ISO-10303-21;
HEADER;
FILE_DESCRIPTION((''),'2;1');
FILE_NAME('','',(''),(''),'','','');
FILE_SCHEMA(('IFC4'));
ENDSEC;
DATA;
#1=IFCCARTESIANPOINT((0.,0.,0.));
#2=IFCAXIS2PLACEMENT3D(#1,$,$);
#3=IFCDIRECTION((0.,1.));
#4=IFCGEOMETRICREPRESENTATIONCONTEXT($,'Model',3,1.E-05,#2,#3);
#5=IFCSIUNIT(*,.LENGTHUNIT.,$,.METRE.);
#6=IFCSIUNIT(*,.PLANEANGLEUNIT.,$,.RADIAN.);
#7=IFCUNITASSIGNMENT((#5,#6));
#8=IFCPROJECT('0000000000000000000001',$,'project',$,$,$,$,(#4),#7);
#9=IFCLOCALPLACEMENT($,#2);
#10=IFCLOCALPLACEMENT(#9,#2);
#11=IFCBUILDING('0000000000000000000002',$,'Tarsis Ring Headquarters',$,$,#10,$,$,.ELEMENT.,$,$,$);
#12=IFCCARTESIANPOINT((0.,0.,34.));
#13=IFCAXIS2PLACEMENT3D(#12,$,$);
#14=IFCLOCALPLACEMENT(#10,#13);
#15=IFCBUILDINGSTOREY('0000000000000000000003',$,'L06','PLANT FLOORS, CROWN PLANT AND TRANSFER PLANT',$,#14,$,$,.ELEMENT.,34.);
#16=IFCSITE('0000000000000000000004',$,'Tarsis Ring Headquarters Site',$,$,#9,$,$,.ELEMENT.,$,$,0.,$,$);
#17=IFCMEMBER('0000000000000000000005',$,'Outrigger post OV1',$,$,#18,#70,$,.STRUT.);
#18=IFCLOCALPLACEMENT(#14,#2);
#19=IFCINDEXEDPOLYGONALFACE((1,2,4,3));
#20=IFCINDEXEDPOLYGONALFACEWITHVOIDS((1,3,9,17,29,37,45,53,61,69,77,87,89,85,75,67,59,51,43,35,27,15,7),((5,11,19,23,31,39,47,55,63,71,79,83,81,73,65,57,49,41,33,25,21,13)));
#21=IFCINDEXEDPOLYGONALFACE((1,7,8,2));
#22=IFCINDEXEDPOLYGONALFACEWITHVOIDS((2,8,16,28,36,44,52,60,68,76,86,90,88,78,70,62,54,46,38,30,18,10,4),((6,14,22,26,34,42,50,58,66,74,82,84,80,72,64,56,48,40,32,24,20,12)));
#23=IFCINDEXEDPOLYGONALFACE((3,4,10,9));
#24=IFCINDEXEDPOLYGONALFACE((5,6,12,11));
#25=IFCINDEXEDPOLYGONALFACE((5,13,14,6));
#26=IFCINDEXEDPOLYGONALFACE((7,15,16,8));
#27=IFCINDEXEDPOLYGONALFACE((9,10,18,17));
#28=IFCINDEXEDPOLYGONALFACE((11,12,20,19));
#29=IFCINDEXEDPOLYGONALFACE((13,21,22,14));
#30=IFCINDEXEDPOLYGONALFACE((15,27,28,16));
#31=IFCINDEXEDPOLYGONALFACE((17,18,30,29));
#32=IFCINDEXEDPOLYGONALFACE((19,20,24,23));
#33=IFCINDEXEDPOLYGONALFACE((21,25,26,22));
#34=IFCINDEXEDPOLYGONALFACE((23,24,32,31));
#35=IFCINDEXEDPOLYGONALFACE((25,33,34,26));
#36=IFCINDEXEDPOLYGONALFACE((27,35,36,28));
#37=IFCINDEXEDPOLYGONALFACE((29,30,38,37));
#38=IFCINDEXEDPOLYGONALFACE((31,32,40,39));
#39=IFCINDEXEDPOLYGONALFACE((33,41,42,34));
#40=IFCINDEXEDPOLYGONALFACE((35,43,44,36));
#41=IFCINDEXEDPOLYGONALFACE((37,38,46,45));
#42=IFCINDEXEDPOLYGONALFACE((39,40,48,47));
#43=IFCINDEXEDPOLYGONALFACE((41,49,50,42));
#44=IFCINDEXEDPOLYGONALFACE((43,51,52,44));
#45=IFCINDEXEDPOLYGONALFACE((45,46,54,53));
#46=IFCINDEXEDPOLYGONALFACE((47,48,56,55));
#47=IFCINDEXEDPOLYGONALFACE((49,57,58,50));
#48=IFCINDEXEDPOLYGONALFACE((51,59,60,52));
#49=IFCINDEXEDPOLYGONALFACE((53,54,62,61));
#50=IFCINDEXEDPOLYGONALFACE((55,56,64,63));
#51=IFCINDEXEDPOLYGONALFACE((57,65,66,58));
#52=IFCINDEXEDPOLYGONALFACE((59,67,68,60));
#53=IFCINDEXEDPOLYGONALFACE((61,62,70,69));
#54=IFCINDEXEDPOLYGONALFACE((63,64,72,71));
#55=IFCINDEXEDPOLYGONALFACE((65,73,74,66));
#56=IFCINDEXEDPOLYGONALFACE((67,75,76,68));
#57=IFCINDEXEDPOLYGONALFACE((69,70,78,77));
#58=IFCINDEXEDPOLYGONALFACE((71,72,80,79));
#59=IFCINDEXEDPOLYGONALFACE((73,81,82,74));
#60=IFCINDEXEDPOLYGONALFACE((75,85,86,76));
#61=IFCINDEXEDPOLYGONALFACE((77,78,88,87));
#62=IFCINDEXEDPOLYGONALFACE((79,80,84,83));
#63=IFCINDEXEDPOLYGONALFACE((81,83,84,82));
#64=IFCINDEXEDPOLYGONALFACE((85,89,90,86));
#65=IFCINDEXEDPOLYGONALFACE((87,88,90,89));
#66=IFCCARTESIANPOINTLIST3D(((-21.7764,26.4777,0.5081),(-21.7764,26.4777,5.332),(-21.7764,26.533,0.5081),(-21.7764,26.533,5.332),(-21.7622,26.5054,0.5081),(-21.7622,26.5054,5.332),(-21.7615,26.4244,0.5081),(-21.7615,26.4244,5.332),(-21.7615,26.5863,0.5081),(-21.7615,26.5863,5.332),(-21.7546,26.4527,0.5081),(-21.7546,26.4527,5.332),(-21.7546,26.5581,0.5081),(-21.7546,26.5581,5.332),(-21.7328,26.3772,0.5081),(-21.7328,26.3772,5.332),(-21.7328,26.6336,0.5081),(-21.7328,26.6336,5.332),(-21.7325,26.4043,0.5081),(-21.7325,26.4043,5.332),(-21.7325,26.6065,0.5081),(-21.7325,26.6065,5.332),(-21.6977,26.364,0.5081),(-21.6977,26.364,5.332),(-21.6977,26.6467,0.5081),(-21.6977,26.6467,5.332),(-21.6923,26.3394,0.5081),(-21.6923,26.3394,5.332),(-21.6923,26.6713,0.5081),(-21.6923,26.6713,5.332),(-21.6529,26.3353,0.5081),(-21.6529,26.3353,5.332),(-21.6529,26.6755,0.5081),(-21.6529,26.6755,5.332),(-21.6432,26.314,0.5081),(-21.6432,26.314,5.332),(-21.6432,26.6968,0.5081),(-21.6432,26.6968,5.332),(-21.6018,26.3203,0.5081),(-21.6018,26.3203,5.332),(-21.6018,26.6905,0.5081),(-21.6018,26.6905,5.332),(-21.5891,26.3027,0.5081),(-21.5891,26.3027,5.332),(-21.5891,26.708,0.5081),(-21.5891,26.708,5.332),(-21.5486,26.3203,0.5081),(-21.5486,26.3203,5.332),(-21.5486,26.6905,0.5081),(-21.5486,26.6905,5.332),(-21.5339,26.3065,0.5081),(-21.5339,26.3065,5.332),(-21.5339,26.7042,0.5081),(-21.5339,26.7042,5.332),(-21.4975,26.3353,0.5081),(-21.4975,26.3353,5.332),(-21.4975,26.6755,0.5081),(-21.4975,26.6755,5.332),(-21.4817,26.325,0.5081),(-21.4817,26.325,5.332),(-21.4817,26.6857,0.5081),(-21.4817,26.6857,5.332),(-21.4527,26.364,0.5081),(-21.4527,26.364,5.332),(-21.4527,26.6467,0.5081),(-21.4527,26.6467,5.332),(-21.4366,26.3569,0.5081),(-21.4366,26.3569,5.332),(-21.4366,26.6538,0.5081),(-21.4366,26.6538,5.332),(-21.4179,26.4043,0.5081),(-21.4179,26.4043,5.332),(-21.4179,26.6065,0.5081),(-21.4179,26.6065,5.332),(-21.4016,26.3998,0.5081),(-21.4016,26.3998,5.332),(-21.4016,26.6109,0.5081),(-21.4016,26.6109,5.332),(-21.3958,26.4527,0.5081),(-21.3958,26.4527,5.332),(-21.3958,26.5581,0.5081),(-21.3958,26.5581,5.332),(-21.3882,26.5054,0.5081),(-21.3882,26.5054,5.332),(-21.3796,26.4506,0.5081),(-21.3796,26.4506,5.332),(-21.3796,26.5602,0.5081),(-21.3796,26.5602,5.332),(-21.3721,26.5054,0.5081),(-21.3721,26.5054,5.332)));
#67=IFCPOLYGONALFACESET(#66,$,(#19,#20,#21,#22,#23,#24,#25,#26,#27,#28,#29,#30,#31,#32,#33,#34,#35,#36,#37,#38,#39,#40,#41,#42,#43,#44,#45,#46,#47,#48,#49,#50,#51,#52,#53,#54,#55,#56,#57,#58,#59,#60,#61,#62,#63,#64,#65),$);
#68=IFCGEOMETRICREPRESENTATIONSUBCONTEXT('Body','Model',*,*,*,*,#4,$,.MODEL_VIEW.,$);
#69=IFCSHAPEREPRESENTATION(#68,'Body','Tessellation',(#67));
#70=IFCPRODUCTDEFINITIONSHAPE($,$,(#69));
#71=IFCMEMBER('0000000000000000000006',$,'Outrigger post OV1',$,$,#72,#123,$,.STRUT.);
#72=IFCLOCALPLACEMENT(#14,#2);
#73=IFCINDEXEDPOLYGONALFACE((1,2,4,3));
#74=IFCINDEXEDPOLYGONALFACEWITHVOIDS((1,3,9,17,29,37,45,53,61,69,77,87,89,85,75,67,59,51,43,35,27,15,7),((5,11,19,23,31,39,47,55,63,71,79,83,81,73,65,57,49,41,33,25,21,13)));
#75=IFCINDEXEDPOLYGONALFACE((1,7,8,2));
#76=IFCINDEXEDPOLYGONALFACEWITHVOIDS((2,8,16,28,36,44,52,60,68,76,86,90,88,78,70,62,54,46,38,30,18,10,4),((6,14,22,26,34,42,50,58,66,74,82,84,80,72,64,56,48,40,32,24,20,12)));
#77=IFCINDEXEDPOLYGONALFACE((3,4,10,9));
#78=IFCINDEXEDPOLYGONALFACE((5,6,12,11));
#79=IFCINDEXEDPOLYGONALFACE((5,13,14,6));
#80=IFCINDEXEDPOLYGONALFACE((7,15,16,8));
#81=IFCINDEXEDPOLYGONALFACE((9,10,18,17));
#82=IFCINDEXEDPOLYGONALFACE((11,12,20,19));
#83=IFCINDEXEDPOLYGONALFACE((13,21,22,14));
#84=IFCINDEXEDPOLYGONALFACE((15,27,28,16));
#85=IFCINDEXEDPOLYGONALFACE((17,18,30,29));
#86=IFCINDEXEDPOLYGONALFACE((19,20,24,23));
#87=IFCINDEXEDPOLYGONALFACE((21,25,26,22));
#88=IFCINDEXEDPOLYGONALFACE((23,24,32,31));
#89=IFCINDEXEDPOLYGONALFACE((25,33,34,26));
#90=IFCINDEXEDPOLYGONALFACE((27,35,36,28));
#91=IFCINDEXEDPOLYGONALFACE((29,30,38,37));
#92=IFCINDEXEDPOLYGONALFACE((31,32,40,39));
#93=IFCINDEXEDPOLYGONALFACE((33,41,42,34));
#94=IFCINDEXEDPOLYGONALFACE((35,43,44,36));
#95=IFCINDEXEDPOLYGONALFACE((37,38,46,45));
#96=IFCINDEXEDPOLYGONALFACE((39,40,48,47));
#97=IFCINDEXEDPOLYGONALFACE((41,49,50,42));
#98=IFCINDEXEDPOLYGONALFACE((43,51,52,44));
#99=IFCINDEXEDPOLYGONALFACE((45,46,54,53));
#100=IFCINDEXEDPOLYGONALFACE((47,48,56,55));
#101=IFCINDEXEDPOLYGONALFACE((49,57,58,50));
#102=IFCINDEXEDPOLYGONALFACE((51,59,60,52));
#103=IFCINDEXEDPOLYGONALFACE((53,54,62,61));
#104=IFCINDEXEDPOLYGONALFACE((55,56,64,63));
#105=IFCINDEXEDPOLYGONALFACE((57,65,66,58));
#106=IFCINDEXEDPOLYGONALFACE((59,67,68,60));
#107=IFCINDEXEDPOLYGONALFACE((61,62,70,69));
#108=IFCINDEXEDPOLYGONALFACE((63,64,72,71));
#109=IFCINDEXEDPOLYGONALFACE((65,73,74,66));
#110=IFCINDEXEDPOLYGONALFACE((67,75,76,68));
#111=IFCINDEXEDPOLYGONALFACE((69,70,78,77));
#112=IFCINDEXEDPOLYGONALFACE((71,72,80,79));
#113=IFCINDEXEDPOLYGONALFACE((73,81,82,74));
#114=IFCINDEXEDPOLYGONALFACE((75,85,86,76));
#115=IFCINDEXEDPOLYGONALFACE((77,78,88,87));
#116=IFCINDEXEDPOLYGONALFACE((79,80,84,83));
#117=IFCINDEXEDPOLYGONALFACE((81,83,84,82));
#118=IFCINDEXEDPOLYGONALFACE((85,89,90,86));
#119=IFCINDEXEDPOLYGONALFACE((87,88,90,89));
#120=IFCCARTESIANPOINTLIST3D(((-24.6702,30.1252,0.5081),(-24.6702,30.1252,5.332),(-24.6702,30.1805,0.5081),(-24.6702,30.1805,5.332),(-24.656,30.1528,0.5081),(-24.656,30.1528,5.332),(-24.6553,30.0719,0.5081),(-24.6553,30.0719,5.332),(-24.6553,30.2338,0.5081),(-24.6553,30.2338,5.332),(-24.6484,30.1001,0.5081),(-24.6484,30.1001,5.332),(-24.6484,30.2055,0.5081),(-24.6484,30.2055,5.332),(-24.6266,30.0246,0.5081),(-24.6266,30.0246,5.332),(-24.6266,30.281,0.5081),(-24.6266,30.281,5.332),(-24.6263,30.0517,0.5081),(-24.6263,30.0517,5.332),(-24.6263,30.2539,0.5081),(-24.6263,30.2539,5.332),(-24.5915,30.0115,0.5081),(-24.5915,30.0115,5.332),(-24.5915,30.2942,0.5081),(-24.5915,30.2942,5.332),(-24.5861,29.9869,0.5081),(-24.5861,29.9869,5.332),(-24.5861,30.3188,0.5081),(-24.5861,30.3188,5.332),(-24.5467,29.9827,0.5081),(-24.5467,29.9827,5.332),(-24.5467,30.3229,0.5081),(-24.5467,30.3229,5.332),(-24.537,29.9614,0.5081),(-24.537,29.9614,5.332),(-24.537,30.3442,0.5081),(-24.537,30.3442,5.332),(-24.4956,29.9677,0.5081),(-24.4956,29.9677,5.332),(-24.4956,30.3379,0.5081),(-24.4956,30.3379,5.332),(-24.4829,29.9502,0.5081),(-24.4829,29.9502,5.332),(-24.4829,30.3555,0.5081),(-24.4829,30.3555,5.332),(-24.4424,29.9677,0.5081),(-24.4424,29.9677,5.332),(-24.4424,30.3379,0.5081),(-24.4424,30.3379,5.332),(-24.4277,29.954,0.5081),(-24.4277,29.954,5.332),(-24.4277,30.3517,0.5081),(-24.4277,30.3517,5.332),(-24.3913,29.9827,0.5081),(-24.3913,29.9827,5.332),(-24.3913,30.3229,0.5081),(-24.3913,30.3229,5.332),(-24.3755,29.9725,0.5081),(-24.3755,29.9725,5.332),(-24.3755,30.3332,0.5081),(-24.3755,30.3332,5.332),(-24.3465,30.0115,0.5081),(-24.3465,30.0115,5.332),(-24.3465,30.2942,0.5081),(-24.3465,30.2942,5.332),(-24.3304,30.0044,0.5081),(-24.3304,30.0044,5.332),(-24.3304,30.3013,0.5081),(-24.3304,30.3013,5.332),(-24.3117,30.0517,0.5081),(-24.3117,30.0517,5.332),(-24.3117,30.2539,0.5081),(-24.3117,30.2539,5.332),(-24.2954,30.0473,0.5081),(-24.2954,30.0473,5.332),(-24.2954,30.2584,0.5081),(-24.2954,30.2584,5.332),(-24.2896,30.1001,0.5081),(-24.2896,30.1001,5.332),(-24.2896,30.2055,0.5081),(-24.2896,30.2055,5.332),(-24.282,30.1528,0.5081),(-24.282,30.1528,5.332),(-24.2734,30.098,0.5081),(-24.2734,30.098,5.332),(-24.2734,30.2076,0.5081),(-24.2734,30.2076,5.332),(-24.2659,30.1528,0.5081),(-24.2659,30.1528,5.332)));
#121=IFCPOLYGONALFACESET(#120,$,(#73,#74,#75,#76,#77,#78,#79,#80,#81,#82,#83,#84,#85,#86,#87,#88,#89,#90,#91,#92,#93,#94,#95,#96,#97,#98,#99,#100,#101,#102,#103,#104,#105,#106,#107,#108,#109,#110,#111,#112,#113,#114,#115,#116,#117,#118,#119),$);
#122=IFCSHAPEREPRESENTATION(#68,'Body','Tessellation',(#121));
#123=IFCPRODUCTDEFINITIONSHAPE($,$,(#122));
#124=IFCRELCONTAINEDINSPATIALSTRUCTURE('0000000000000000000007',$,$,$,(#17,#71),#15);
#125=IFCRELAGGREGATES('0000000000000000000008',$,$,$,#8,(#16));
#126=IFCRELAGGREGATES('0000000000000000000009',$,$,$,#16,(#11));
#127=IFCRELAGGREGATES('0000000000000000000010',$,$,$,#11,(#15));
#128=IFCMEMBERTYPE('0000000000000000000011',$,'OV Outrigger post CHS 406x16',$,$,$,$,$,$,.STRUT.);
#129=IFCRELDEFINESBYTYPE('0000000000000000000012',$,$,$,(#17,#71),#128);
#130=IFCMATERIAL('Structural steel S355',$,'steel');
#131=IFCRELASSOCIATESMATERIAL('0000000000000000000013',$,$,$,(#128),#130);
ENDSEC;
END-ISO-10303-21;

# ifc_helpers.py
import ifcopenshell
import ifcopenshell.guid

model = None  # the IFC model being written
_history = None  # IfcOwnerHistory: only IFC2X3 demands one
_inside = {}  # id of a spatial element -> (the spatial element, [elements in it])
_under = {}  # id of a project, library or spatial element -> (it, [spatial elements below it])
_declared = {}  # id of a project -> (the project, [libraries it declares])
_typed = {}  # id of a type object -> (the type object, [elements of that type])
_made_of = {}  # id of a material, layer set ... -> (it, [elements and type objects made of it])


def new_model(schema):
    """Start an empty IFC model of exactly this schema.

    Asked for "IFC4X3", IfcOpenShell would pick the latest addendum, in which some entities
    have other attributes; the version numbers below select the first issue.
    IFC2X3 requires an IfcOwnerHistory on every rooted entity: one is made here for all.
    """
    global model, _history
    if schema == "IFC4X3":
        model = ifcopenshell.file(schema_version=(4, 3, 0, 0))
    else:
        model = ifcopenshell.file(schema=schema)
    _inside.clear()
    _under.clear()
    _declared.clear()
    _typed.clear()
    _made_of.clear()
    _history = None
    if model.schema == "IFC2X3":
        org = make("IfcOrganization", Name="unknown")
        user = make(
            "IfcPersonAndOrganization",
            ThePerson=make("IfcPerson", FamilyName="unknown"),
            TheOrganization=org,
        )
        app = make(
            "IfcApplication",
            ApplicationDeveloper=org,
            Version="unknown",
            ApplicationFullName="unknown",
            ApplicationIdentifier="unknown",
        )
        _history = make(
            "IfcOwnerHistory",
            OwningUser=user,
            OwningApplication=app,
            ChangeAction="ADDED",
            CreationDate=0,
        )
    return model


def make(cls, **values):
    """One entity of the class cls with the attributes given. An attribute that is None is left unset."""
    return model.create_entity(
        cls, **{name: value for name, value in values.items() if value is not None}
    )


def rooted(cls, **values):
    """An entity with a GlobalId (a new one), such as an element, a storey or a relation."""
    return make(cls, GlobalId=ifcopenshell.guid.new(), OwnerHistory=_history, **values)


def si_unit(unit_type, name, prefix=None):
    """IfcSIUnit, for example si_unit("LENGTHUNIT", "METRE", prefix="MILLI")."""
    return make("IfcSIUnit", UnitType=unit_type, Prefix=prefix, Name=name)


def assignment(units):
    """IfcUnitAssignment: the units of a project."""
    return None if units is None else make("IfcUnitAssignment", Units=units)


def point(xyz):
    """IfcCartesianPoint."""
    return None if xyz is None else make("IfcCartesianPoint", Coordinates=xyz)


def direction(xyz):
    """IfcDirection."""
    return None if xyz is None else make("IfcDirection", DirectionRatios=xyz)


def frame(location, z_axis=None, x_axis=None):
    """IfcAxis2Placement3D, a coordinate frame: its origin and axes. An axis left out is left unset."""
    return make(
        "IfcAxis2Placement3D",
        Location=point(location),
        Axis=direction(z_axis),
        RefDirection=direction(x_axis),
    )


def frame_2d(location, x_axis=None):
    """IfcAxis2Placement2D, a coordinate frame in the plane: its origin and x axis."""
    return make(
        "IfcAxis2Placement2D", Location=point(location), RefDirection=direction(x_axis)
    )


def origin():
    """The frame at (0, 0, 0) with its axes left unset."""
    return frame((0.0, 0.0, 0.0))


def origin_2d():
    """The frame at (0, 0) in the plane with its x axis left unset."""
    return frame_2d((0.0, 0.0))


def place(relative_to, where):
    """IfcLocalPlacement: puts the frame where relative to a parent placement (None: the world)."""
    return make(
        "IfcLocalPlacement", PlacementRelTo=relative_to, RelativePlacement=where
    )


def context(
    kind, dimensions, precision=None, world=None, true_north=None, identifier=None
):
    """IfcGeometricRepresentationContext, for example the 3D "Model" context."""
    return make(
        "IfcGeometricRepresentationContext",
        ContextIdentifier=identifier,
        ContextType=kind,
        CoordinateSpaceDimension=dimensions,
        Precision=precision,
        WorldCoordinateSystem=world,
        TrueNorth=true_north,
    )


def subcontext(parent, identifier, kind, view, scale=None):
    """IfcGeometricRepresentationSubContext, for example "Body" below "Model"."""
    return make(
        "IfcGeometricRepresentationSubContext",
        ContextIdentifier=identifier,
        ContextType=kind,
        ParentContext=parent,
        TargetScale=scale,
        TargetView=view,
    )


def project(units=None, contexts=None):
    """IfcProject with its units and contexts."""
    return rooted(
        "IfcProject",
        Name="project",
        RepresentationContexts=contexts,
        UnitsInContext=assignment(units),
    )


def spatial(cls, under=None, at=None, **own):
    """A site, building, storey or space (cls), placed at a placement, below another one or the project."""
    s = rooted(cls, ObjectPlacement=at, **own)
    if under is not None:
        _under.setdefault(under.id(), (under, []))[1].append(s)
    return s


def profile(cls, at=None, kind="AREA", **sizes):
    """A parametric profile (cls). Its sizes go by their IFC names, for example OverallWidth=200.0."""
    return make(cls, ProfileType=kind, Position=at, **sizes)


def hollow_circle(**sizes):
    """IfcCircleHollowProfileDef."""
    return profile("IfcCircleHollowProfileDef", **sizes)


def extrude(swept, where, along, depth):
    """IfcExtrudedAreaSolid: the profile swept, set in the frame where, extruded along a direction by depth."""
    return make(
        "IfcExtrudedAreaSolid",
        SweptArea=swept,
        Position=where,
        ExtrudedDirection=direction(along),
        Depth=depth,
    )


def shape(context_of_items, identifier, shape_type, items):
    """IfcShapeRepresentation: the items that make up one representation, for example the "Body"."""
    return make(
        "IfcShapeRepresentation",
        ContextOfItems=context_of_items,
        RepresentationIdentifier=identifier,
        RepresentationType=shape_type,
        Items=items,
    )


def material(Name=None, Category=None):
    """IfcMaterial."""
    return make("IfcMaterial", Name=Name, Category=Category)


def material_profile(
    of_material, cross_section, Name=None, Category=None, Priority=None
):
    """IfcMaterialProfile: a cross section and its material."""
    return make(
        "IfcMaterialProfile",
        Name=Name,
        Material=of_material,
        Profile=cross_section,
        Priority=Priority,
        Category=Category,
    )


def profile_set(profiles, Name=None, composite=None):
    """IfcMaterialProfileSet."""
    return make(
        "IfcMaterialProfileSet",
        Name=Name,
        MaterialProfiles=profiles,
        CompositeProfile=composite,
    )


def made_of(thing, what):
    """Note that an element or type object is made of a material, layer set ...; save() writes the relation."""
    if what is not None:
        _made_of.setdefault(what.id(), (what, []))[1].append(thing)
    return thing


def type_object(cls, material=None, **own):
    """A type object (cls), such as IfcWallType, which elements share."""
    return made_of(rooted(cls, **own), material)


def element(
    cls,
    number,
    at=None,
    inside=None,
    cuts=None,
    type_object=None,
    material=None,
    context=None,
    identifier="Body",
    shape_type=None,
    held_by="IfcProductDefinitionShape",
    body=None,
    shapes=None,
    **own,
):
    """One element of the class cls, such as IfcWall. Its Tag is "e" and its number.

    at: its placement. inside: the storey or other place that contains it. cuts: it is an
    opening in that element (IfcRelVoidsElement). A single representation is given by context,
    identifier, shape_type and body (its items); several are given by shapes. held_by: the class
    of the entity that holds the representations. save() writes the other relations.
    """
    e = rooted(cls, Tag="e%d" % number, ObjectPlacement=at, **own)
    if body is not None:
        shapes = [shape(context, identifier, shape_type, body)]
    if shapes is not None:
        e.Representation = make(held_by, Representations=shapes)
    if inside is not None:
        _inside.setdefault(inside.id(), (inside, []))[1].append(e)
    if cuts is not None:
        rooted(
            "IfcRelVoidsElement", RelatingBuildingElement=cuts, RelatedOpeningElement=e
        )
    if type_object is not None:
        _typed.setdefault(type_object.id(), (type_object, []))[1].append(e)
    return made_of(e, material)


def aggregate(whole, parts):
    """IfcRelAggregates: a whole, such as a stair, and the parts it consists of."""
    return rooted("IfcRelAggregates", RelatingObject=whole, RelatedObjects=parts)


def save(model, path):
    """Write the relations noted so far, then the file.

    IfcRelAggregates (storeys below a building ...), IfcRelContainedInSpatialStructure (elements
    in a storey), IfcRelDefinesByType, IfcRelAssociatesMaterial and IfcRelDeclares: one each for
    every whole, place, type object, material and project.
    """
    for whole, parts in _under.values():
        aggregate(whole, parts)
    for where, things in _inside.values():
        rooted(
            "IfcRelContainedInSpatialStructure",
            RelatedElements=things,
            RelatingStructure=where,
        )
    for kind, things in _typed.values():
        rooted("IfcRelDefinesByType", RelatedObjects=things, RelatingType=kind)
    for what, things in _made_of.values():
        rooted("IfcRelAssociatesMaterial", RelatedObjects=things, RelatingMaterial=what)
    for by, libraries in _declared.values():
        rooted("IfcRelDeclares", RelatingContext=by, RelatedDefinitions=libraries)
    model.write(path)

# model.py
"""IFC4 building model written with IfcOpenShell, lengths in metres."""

from ifc_helpers import new_model, si_unit, direction, frame, origin, origin_2d, place, context, subcontext, project, spatial, hollow_circle, extrude, material, material_profile, profile_set, type_object, element, save


model = new_model("IFC4")

# Units and contexts
model_context = context("Model", 3, precision=1e-05, world=origin(), true_north=direction((0.0, 1.0)))
body_context = subcontext(model_context, "Body", "Model", "MODEL_VIEW")
ifc_project = project(units=[si_unit("LENGTHUNIT", "METRE"), si_unit("PLANEANGLEUNIT", "RADIAN")], contexts=[model_context])

# Site, building, storey
site_placement = place(None, origin())
site = spatial("IfcSite", under=ifc_project, at=site_placement, Name="Tarsis Ring Headquarters Site", CompositionType="ELEMENT", RefElevation=0.0)
building_placement = place(site_placement, origin())
building = spatial("IfcBuilding", under=site, at=building_placement, Name="Tarsis Ring Headquarters", CompositionType="ELEMENT")
storey_placement = place(building_placement, frame((0.0, 0.0, 34.0)))
storey = spatial("IfcBuildingStorey", under=building, at=storey_placement, Name="L06", Description="PLANT FLOORS, CROWN PLANT AND TRANSFER PLANT", CompositionType="ELEMENT", Elevation=34.0)

# Members
ifc_material_1 = material(Name="Structural steel S355", Category="steel")
ifc_material_profile_1 = material_profile(ifc_material_1, hollow_circle(Radius=0.2031, WallThickness=0.0161, at=origin_2d()), Name="CHS 406x16")
ifc_profile_set_1 = profile_set([ifc_material_profile_1], Name="Structural steel S355")
member_type_1 = type_object("IfcMemberType", Name="OV Outrigger post CHS 406x16", PredefinedType="STRUT", material=ifc_profile_set_1)
for number, where, z_axis, x_axis, name in (
    (1, (-21.5752, 26.5054, 0.5081), (0.0, 0.0, 1.0), (1.0, 0.0, 0.0), "Outrigger post OV1"),
    (2, (-24.469, 30.1528, 0.5081), (0.0, 0.0, 1.0), (1.0, 0.0, 0.0), "Outrigger post OV1"),
):
    element("IfcMember", number, at=place(storey_placement, frame(where, z_axis=z_axis, x_axis=x_axis)), inside=storey, type_object=member_type_1, Name=name, PredefinedType="STRUT", context=body_context, shape_type="SweptSolid", body=[
        extrude(hollow_circle(Radius=0.2031, WallThickness=0.0161, at=origin_2d()), origin(), (0.0, 0.0, 1.0), 4.824),
    ])

save(model, "model.ifc")
